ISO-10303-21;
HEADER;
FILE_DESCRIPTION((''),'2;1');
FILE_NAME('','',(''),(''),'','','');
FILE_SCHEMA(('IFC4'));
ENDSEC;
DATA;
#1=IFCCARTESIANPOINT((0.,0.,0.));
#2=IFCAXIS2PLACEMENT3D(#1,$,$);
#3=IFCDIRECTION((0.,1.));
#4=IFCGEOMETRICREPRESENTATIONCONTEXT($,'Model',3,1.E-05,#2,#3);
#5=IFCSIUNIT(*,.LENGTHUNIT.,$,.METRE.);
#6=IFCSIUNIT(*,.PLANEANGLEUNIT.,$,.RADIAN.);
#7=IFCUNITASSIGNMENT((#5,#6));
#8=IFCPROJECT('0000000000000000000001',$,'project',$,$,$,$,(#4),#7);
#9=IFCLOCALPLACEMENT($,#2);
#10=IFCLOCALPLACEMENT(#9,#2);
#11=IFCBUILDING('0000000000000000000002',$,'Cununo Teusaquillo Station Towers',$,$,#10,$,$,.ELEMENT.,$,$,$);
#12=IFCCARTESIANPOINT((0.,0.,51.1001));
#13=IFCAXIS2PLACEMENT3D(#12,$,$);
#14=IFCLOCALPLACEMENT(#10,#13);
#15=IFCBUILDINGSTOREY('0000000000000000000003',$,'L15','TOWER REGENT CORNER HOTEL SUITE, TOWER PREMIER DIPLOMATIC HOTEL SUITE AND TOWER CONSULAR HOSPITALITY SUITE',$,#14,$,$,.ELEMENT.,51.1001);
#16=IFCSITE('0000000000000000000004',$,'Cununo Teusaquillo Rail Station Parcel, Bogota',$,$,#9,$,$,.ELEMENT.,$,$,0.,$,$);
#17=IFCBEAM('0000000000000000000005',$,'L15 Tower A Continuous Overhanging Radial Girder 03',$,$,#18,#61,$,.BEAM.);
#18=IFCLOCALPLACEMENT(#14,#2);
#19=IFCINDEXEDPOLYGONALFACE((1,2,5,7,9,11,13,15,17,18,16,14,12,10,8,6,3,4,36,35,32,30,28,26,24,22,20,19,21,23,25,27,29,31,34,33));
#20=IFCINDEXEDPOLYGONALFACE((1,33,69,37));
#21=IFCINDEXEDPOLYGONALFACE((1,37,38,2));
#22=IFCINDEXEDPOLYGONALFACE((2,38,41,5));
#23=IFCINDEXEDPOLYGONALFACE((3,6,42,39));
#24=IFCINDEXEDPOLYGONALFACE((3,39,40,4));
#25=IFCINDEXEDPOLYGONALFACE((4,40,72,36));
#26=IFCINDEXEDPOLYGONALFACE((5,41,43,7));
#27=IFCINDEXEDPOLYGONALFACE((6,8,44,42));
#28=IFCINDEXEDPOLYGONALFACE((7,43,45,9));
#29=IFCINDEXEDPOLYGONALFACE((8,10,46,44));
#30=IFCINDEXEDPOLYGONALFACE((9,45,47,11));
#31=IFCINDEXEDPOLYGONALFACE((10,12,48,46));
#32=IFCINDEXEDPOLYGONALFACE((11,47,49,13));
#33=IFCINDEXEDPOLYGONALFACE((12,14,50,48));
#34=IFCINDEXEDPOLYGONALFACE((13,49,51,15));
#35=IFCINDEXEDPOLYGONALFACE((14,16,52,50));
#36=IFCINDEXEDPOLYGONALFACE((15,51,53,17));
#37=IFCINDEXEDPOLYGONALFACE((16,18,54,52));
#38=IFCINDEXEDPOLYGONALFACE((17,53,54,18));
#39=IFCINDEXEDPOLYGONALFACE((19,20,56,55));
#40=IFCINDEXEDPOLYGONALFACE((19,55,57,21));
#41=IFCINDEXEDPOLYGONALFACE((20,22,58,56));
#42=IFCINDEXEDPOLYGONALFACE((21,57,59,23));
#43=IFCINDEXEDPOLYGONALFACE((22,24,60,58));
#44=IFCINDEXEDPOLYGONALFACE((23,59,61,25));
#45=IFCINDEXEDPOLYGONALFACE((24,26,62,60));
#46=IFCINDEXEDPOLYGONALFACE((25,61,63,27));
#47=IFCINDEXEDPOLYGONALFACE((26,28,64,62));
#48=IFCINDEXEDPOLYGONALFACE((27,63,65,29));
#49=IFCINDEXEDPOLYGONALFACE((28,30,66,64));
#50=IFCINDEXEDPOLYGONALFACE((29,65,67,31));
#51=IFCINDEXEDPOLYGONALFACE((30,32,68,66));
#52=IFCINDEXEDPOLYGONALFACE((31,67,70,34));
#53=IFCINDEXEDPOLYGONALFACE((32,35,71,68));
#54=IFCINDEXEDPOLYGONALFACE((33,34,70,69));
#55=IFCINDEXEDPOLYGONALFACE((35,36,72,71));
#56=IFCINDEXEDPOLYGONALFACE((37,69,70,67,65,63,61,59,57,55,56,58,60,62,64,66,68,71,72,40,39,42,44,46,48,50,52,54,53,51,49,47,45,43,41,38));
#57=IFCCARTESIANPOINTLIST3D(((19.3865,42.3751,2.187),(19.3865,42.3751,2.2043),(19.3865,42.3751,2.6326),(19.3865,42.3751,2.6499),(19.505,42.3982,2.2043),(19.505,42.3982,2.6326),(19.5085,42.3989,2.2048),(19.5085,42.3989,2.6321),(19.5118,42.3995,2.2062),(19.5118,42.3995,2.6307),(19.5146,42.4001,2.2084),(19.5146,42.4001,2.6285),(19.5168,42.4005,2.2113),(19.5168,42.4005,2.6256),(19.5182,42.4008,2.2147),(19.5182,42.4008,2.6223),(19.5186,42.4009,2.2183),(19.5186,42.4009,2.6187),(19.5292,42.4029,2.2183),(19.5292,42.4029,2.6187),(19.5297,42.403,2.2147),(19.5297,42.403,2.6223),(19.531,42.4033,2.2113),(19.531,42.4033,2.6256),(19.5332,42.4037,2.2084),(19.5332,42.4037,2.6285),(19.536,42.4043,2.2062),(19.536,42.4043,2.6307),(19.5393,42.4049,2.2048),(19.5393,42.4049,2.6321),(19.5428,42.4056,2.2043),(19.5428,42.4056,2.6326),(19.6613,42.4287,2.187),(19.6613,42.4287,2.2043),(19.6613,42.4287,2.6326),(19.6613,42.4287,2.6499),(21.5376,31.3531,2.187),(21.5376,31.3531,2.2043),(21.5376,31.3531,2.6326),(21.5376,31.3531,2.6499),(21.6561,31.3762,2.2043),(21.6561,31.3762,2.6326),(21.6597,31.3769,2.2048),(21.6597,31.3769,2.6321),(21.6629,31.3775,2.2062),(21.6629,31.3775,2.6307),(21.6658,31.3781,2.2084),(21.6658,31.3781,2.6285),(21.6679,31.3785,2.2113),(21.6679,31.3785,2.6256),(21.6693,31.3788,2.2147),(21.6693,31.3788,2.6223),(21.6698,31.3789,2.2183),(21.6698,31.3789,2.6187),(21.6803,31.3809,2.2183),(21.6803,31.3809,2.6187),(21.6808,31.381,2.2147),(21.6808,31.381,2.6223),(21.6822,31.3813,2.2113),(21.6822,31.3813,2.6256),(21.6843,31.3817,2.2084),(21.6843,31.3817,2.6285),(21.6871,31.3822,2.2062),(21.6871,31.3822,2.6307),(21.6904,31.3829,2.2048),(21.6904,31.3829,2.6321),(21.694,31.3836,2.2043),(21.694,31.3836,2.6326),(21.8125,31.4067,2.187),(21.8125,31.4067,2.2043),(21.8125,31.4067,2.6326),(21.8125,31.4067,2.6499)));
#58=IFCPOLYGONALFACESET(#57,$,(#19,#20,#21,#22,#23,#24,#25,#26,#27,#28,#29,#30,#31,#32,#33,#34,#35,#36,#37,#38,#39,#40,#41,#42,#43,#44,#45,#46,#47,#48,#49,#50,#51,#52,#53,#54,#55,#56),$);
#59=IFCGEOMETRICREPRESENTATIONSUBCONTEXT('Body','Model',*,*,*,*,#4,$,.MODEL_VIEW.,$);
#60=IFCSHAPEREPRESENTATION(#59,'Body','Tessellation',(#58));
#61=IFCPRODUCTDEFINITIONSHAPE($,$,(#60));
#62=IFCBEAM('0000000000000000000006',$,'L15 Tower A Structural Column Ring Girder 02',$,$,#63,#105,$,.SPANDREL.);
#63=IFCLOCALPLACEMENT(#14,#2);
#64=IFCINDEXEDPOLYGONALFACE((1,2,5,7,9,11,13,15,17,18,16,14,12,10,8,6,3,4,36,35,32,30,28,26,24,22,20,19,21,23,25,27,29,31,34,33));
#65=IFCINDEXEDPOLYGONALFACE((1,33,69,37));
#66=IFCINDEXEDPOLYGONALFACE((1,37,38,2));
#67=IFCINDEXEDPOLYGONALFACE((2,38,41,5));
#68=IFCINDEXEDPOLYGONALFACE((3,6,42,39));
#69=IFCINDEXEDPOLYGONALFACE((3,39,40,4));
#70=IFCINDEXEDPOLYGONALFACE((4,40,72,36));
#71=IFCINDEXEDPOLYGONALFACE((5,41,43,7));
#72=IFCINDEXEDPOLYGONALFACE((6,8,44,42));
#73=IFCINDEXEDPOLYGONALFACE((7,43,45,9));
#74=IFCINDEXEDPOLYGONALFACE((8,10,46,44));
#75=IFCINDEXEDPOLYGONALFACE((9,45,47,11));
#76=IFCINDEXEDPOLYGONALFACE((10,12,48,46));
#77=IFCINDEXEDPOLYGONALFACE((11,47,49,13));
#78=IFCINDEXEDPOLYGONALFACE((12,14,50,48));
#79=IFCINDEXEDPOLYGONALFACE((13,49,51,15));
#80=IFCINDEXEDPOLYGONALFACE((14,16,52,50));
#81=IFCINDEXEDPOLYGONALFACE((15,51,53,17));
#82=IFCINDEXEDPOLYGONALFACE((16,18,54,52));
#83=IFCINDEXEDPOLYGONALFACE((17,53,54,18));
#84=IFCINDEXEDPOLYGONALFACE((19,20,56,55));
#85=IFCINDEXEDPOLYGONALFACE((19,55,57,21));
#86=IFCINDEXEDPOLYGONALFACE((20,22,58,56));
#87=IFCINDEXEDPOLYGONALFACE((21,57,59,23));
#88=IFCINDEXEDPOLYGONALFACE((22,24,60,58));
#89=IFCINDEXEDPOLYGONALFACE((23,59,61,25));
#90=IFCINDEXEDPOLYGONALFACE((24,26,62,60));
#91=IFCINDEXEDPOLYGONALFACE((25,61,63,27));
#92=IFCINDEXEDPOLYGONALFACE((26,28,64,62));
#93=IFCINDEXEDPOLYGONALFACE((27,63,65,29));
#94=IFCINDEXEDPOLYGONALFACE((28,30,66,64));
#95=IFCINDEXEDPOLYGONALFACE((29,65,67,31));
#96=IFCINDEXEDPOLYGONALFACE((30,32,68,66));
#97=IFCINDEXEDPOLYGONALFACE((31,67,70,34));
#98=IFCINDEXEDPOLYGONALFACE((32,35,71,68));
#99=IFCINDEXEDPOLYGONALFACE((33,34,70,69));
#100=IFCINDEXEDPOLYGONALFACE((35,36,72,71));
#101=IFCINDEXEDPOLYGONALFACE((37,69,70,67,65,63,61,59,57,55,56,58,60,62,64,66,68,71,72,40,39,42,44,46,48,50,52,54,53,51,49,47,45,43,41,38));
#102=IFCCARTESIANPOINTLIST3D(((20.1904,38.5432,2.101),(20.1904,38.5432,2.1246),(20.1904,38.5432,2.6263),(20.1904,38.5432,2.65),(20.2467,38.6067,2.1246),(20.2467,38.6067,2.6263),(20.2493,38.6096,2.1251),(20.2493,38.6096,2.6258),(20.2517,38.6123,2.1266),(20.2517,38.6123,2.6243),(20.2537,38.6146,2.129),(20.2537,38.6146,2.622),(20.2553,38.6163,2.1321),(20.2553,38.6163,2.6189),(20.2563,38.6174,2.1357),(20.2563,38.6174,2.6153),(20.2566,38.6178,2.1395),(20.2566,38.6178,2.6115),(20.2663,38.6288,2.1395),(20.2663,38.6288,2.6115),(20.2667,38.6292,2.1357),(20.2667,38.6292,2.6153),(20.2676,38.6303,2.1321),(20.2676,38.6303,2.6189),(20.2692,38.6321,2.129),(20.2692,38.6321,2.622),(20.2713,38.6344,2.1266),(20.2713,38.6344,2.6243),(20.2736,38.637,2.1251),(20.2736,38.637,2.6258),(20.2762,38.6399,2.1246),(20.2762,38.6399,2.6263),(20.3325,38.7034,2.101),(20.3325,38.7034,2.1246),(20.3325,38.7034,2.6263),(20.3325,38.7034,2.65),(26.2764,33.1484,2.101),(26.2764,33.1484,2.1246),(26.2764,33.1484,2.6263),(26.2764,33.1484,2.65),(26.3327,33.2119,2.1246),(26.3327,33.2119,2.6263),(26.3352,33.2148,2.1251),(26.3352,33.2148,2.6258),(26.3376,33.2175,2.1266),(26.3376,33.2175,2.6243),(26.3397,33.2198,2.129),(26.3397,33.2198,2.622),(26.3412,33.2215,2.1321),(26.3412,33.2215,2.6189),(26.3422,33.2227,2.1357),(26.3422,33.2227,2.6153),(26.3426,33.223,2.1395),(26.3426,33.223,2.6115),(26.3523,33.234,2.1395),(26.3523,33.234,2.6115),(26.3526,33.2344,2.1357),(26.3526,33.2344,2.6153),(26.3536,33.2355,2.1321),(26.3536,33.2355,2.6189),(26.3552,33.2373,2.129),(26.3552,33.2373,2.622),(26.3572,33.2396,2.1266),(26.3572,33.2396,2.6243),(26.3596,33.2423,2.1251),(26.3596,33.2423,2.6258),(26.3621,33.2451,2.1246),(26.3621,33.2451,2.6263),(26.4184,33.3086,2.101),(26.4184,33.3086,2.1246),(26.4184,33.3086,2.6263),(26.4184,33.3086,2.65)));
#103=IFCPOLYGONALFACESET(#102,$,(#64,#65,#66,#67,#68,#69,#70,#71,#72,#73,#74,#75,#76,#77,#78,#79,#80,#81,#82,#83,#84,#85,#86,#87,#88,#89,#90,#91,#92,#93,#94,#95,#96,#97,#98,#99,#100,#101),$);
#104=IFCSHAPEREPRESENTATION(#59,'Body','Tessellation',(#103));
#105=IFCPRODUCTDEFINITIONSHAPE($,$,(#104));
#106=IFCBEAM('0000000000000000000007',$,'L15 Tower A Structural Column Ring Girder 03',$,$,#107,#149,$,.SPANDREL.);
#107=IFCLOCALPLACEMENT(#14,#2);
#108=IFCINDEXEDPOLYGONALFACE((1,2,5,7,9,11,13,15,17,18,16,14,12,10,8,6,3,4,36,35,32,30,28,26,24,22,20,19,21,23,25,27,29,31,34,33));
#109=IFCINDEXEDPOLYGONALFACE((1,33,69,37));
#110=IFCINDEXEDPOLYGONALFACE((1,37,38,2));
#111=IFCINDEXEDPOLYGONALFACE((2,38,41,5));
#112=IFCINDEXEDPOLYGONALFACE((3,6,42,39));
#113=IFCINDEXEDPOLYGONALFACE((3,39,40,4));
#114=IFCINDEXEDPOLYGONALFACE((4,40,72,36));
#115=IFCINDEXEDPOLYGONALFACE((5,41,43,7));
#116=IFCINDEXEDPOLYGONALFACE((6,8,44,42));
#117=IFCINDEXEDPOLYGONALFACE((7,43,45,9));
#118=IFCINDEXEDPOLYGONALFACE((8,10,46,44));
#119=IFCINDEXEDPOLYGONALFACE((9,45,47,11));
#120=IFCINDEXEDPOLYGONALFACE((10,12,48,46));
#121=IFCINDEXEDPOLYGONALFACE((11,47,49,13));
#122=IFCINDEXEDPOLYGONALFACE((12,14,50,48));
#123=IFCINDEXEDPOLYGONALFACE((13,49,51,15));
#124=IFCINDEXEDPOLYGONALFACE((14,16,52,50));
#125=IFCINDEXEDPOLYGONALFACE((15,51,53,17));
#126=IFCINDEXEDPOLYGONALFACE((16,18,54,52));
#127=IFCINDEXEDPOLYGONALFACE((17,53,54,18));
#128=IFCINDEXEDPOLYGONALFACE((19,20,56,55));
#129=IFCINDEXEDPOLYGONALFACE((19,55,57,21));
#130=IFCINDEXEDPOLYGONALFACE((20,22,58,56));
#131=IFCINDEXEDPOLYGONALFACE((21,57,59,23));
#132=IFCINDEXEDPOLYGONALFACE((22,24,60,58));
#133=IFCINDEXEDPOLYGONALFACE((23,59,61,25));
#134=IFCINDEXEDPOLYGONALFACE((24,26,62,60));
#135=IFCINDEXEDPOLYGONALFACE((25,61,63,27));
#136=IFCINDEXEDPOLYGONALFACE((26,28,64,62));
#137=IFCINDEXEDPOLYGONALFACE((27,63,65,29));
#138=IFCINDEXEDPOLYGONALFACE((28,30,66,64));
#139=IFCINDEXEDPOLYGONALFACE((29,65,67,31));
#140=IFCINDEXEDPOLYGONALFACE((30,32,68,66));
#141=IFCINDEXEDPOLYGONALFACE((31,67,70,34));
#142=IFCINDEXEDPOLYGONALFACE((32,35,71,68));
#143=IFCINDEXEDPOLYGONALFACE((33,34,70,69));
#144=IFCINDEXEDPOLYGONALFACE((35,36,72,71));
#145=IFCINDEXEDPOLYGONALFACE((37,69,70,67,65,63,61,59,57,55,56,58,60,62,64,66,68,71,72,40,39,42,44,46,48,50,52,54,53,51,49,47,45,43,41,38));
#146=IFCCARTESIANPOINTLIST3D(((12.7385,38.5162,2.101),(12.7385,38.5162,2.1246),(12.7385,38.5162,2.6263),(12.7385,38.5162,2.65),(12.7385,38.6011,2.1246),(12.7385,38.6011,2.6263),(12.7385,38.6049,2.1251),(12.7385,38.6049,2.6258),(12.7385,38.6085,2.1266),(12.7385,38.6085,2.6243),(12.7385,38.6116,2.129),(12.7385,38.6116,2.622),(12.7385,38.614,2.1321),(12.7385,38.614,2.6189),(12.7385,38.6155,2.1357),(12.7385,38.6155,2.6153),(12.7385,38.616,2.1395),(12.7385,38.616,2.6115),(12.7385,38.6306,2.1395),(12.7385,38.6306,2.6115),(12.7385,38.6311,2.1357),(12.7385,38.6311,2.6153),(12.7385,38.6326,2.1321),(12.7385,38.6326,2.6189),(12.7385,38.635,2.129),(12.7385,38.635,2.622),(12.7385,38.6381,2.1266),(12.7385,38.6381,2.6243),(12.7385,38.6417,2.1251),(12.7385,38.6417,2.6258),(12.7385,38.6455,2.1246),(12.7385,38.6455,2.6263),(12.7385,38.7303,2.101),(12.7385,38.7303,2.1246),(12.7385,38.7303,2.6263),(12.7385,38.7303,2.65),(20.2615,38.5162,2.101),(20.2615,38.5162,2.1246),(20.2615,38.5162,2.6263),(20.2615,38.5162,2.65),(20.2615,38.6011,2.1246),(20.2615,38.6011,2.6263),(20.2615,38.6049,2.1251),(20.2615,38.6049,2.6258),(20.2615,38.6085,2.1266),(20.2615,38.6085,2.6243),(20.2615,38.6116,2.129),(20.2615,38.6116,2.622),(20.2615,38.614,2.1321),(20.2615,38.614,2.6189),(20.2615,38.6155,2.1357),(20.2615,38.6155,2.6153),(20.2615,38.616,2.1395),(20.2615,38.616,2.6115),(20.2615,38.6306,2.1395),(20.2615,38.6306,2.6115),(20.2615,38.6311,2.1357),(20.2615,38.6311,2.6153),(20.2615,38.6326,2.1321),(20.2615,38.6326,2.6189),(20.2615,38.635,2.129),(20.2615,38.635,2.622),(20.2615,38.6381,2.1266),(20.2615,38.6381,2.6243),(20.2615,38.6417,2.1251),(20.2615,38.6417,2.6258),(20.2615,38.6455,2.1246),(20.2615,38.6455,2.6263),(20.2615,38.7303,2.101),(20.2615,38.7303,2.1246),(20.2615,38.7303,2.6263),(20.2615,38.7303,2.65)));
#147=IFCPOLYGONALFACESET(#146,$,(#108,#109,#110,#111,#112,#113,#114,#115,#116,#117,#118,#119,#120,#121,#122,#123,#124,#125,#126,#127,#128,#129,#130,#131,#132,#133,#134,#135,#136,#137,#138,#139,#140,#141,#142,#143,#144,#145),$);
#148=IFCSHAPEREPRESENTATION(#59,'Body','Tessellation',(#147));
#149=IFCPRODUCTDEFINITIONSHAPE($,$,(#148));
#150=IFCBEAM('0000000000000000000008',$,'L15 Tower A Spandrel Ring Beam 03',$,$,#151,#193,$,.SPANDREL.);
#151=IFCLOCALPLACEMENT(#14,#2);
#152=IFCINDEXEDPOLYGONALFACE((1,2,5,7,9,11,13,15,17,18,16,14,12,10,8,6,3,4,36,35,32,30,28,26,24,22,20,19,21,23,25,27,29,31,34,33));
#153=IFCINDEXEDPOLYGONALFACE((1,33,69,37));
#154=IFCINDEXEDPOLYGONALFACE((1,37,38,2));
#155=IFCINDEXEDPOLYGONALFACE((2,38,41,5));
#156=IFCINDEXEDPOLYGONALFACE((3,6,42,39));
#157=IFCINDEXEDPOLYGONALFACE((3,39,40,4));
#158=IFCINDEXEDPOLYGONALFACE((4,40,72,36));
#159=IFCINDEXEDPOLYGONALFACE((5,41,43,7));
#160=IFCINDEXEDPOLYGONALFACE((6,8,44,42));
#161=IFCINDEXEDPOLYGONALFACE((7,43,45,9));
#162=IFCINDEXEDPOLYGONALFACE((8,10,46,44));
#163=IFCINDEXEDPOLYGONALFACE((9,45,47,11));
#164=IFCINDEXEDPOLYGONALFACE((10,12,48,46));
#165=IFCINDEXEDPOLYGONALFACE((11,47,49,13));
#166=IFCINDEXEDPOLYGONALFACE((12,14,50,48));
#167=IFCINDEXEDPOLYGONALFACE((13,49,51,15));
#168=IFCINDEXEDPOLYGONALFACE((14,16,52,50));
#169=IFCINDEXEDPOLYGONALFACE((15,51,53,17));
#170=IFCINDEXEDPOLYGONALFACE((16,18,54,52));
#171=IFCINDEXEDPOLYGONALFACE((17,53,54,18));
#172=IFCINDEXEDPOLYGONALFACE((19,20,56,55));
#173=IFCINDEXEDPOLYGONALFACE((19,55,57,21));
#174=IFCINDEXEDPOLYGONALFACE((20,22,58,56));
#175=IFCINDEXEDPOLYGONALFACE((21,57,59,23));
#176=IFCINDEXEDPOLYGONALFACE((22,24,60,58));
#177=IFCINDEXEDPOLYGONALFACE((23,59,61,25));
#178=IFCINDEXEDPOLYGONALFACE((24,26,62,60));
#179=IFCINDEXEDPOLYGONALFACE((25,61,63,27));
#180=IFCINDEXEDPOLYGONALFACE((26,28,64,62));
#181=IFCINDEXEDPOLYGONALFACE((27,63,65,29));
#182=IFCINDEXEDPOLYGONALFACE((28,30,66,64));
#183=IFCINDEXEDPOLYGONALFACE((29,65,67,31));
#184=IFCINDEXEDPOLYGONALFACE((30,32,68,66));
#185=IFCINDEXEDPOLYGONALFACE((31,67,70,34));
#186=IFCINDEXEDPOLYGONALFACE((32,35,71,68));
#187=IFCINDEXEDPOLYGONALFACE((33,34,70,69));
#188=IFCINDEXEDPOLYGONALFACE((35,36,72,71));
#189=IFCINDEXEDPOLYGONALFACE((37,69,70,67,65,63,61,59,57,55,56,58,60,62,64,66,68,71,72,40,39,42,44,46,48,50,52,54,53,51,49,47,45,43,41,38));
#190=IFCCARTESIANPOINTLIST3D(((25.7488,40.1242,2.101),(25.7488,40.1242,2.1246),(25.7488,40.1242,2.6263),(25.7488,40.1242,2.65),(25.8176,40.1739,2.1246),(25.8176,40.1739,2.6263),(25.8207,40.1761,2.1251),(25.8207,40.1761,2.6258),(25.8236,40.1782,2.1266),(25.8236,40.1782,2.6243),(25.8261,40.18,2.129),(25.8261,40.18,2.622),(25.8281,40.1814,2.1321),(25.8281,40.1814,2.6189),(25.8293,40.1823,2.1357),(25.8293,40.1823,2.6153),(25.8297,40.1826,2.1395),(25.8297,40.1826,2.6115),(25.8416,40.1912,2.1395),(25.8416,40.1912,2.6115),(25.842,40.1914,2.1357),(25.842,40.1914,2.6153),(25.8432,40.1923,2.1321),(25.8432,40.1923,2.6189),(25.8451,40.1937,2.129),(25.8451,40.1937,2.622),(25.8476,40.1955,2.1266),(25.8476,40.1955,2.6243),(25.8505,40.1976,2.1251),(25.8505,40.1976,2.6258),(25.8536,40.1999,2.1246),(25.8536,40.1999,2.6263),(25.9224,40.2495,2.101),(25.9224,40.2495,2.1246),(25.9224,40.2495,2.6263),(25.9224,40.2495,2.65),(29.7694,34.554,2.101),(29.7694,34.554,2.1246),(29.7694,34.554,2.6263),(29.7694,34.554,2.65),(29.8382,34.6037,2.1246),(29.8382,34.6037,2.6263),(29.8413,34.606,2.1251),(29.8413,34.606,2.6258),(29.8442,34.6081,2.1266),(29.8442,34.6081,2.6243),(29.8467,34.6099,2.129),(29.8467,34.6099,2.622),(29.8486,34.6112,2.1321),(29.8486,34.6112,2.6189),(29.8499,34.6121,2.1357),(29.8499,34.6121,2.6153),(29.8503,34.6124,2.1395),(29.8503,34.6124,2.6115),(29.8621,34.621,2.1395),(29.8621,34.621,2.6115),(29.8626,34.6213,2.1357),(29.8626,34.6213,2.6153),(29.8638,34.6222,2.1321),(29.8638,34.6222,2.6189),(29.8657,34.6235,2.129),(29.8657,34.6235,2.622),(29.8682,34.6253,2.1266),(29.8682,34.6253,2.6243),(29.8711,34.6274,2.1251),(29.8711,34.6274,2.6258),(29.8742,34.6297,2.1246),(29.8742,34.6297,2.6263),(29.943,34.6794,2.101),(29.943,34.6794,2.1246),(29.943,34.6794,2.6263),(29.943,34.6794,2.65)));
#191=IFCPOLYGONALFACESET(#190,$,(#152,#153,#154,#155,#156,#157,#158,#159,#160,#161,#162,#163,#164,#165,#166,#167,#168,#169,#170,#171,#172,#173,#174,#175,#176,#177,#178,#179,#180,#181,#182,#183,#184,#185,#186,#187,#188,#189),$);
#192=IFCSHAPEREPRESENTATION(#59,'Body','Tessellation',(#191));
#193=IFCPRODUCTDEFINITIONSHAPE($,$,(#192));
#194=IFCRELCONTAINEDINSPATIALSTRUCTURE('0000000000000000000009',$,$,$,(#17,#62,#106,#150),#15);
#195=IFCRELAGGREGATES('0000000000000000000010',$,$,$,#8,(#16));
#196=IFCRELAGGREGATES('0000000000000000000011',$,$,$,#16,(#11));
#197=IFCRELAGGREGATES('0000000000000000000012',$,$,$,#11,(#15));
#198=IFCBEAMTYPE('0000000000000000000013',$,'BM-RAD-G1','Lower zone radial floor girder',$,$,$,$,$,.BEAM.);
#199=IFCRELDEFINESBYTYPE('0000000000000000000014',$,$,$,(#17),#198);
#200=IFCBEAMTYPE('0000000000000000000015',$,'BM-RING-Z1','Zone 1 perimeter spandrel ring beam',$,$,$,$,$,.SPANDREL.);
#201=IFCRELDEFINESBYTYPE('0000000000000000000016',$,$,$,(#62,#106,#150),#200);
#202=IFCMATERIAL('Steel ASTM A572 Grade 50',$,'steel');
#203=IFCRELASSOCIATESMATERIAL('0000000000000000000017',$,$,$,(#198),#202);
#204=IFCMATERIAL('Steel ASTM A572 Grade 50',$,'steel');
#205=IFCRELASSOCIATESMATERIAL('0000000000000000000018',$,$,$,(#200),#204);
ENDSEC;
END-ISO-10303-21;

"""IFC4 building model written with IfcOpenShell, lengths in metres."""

from ifc_helpers import new_model, si_unit, direction, frame, origin, origin_2d, place, context, subcontext, project, spatial, i_section, extrude, material, material_profile, profile_set, type_object, element, save


model = new_model("IFC4")

# Units and contexts
model_context = context("Model", 3, precision=1e-05, world=origin(), true_north=direction((0.0, 1.0)))
body_context = subcontext(model_context, "Body", "Model", "MODEL_VIEW")
ifc_project = project(units=[si_unit("LENGTHUNIT", "METRE"), si_unit("PLANEANGLEUNIT", "RADIAN")], contexts=[model_context])

# Site, building, storey
site_placement = place(None, origin())
site = spatial("IfcSite", under=ifc_project, at=site_placement, Name="Cununo Teusaquillo Rail Station Parcel, Bogota", CompositionType="ELEMENT", RefElevation=0.0)
building_placement = place(site_placement, origin())
building = spatial("IfcBuilding", under=site, at=building_placement, Name="Cununo Teusaquillo Station Towers", CompositionType="ELEMENT")
storey_placement = place(building_placement, frame((0.0, 0.0, 51.1001)))
storey = spatial("IfcBuildingStorey", under=building, at=storey_placement, Name="L15", Description="TOWER REGENT CORNER HOTEL SUITE, TOWER PREMIER DIPLOMATIC HOTEL SUITE AND TOWER CONSULAR HOSPITALITY SUITE", CompositionType="ELEMENT", Elevation=51.1001)

# Beams
ifc_material_1 = material(Name="Steel ASTM A572 Grade 50", Category="steel")
ifc_material_profile_1 = material_profile(ifc_material_1, i_section(OverallWidth=0.28, OverallDepth=0.4629, WebThickness=0.0107, FlangeThickness=0.0173, FilletRadius=0.0139, at=origin_2d()), Name="W18X76")
ifc_profile_set_1 = profile_set([ifc_material_profile_1], Name="Steel ASTM A572 Grade 50")
beam_type_1 = type_object("IfcBeamType", Name="BM-RAD-G1", Description="Lower zone radial floor girder", PredefinedType="BEAM", material=ifc_profile_set_1)
beam_1_placement = place(storey_placement, frame((21.675, 31.3799, 2.4185), z_axis=(-0.191553, 0.981482, 0.0), x_axis=(-0.981482, -0.191553, 0.0)))
element("IfcBeam", 1, at=beam_1_placement, inside=storey, type_object=beam_type_1, Name="L15 Tower A Continuous Overhanging Radial Girder 03", PredefinedType="BEAM", context=body_context, shape_type="SweptSolid", body=[
    extrude(i_section(OverallWidth=0.28, OverallDepth=0.4629, WebThickness=0.0107, FlangeThickness=0.0173, FilletRadius=0.0139, at=origin_2d()), origin(), (0.0, 0.0, 1.0), 11.23),
])
ifc_material_2 = material(Name="Steel ASTM A572 Grade 50", Category="steel")
ifc_material_profile_2 = material_profile(ifc_material_2, i_section(OverallWidth=0.2141, OverallDepth=0.5491, WebThickness=0.0146, FlangeThickness=0.0237, FilletRadius=0.0149, at=origin_2d()), Name="W21X93")
ifc_profile_set_2 = profile_set([ifc_material_profile_2], Name="Steel ASTM A572 Grade 50")
beam_type_2 = type_object("IfcBeamType", Name="BM-RING-Z1", Description="Zone 1 perimeter spandrel ring beam", PredefinedType="SPANDREL", material=ifc_profile_set_2)
beam_2_placement = place(storey_placement, frame((26.3474, 33.2285, 2.3755), z_axis=(-0.748321, 0.663337, 0.0), x_axis=(-0.663337, -0.748321, 0.0)))
element("IfcBeam", 2, at=beam_2_placement, inside=storey, type_object=beam_type_2, Name="L15 Tower A Structural Column Ring Girder 02", PredefinedType="SPANDREL", context=body_context, shape_type="SweptSolid", body=[
    extrude(i_section(OverallWidth=0.2141, OverallDepth=0.5491, WebThickness=0.0146, FlangeThickness=0.0237, FilletRadius=0.0149, at=origin_2d()), origin(), (0.0, 0.0, 1.0), 8.1328),
])
beam_3_placement = place(storey_placement, frame((20.2615, 38.6233, 2.3755), z_axis=(-1.0, 0.0, 0.0), x_axis=(0.0, -1.0, 0.0)))
element("IfcBeam", 3, at=beam_3_placement, inside=storey, type_object=beam_type_2, Name="L15 Tower A Structural Column Ring Girder 03", PredefinedType="SPANDREL", context=body_context, shape_type="SweptSolid", body=[
    extrude(i_section(OverallWidth=0.2141, OverallDepth=0.5491, WebThickness=0.0146, FlangeThickness=0.0237, FilletRadius=0.0149, at=origin_2d()), origin(), (0.0, 0.0, 1.0), 7.5229),
])
beam_4_placement = place(storey_placement, frame((29.8562, 34.6167, 2.3755), z_axis=(-0.585269, 0.810839, 0.0), x_axis=(-0.810839, -0.585269, 0.0)))
element("IfcBeam", 4, at=beam_4_placement, inside=storey, type_object=beam_type_2, Name="L15 Tower A Spandrel Ring Beam 03", PredefinedType="SPANDREL", context=body_context, shape_type="SweptSolid", body=[
    extrude(i_section(OverallWidth=0.2141, OverallDepth=0.5491, WebThickness=0.0146, FlangeThickness=0.0237, FilletRadius=0.0149, at=origin_2d()), origin(), (0.0, 0.0, 1.0), 6.8696),
])

save(model, "model.ifc")
